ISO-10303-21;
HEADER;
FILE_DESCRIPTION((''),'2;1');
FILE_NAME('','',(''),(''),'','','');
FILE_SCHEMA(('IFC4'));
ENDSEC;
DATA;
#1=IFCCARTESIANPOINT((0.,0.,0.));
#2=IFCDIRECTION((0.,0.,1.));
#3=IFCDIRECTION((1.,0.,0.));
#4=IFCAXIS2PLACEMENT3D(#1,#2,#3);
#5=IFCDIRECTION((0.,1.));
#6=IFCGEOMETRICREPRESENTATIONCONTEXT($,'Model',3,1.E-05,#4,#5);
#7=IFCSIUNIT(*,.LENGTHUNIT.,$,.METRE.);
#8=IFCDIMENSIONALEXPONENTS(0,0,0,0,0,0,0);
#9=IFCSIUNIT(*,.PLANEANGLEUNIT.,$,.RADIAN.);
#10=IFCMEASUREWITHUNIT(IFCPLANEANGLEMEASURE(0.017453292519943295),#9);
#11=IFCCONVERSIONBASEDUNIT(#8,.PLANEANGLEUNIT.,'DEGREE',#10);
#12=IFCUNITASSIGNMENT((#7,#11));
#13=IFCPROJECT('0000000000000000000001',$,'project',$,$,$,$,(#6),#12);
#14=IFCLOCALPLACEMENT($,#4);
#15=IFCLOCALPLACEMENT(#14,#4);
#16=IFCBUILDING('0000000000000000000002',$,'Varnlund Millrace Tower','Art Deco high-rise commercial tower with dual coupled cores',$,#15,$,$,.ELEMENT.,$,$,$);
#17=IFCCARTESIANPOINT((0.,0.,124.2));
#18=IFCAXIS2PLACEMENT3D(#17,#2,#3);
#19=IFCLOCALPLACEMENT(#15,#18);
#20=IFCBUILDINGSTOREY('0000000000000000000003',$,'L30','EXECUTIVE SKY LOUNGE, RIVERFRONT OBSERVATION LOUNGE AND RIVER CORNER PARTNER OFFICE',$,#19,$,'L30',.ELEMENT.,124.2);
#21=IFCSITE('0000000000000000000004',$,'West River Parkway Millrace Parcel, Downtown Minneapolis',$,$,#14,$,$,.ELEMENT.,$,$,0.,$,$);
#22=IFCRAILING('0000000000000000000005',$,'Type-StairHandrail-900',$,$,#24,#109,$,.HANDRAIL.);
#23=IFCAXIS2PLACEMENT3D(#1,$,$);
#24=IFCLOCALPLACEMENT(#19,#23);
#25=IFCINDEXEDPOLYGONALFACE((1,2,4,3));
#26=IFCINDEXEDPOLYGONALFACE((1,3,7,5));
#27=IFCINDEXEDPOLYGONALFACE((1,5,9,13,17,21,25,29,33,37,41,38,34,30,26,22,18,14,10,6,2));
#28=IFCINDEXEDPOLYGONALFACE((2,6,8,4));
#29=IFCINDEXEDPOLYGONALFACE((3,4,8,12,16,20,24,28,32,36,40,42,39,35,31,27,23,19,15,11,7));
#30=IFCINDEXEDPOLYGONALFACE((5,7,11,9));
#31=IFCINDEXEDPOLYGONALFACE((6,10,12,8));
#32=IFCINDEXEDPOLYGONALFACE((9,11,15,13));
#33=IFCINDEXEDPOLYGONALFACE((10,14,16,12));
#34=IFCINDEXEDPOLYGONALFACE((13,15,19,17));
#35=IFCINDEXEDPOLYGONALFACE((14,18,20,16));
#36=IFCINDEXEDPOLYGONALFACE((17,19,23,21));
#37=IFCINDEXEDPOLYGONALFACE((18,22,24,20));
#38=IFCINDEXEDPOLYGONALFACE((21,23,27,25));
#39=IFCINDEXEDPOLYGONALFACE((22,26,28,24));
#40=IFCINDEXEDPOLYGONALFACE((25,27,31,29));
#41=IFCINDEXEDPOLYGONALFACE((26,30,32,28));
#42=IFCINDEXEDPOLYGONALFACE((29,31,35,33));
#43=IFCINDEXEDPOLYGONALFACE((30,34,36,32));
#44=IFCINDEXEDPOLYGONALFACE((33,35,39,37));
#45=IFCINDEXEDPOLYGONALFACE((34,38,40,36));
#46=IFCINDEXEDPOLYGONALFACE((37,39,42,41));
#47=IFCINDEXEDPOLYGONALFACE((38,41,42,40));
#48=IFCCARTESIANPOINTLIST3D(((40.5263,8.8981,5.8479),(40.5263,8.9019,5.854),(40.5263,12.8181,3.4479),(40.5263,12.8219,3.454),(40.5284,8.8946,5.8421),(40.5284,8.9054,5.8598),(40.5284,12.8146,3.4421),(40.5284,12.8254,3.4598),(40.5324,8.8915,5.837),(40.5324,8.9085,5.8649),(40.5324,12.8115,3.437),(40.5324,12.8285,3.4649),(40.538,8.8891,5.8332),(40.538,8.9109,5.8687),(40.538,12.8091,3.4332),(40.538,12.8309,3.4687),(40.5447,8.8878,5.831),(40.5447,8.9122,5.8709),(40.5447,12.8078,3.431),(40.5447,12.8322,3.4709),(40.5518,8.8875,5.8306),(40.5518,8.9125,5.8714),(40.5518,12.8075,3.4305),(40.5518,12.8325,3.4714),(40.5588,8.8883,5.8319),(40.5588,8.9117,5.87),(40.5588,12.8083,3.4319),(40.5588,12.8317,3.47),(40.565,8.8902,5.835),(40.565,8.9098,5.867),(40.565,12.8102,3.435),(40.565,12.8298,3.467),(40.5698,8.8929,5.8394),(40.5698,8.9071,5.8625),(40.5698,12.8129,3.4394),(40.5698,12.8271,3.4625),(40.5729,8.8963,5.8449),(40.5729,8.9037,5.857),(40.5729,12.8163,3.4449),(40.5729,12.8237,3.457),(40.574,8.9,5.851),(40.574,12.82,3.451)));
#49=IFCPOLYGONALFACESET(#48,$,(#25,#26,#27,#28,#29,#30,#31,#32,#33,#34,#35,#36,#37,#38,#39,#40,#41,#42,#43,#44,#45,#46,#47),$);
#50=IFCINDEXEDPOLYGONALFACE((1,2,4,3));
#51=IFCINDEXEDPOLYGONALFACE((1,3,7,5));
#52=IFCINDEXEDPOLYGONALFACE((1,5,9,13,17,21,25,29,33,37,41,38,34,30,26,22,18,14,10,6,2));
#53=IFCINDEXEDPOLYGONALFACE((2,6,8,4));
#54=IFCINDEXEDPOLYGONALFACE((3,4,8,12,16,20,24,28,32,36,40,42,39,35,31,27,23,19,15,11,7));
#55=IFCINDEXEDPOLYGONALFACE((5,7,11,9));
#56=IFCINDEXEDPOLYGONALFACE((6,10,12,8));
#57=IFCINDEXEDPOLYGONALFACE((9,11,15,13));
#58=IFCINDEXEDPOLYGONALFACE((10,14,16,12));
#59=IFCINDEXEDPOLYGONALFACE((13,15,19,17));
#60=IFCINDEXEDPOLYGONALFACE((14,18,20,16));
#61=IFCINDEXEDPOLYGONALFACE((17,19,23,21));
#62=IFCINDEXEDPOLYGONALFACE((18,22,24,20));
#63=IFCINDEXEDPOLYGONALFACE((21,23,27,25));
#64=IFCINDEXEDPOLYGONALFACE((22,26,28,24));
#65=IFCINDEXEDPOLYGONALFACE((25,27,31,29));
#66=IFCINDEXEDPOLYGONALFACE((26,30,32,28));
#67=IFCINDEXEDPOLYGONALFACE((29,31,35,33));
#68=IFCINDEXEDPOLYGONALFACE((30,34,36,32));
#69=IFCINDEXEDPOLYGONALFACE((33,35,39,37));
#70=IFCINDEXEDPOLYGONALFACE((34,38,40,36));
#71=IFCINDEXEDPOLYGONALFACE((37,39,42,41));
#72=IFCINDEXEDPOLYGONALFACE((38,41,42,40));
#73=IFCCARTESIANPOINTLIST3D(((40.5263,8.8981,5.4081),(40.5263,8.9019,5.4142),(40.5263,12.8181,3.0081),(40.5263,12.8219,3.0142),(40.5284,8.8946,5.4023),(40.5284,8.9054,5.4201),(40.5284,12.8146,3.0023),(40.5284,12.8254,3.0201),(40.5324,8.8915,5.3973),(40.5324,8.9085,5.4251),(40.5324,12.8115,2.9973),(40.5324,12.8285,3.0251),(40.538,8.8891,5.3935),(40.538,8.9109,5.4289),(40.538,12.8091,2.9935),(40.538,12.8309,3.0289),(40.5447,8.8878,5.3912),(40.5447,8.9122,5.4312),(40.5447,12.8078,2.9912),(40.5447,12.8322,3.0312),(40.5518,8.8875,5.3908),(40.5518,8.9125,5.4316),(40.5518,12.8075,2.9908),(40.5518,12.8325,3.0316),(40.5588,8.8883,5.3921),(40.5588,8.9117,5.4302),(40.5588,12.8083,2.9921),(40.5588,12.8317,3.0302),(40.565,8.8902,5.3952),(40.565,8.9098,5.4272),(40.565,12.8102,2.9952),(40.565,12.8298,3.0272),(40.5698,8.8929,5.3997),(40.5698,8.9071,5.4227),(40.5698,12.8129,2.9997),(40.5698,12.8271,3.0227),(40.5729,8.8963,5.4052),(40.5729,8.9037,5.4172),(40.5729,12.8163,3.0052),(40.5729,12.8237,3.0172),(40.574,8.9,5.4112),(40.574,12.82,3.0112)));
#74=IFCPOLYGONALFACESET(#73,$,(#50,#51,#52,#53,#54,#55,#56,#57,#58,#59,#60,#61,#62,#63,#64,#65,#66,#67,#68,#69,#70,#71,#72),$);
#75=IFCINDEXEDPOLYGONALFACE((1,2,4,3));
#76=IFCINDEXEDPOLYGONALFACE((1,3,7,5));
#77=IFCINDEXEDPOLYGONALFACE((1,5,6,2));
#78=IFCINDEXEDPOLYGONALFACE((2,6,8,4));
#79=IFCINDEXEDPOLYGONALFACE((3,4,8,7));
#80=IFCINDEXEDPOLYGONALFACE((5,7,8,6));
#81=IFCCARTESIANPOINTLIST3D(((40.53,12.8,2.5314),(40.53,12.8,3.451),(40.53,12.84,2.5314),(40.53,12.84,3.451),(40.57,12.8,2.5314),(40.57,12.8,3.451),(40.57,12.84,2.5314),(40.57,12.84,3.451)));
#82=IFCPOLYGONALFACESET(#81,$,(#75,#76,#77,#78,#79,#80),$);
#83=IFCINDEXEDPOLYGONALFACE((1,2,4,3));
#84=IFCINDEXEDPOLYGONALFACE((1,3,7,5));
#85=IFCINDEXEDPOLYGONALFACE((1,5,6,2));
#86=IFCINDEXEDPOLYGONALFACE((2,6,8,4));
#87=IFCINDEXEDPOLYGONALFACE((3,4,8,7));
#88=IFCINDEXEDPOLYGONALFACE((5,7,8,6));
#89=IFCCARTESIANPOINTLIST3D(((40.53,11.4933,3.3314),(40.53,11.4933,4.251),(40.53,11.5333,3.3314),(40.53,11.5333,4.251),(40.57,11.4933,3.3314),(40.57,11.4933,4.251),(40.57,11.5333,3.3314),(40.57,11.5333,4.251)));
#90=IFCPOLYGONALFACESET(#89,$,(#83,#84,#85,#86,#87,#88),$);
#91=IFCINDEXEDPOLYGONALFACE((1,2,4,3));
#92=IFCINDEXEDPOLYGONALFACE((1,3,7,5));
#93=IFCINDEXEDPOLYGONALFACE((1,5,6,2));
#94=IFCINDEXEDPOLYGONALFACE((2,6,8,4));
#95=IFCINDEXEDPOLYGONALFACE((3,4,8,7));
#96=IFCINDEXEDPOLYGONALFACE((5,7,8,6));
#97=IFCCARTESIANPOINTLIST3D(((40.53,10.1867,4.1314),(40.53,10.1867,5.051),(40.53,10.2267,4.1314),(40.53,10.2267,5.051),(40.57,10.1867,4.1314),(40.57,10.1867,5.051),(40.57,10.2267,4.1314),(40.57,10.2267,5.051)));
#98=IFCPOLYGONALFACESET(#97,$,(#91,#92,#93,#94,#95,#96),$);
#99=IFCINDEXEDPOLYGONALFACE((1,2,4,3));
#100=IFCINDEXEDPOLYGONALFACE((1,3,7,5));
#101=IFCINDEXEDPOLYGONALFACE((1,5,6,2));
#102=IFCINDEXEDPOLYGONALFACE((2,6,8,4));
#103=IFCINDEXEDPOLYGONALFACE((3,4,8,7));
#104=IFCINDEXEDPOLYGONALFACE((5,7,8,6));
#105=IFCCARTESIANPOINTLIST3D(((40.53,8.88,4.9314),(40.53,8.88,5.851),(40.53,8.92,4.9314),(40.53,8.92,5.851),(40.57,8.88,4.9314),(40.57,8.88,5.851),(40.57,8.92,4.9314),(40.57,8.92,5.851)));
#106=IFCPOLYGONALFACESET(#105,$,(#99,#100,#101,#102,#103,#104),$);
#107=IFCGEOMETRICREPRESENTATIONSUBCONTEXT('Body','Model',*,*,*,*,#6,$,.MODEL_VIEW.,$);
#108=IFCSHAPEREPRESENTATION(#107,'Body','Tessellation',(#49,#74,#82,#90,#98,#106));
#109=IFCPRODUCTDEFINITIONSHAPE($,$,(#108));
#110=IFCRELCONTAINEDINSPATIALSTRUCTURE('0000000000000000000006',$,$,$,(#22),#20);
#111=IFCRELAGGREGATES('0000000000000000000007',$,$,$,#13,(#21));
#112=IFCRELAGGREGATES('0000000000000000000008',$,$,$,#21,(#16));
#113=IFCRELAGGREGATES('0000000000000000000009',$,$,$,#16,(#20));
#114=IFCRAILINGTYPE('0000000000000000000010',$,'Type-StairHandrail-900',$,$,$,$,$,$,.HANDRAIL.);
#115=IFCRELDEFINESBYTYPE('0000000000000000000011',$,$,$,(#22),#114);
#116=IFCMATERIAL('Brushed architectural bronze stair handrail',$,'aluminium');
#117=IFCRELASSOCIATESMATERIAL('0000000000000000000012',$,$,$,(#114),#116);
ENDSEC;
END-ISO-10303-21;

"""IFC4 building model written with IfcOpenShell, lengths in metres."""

from ifc_helpers import new_model, entity, si_unit, converted_unit, direction, frame, origin_with_axes, origin_2d_with_axis, place, context, subcontext, project, spatial, rectangle, circle, extrude, material, type_object, element, save


model = new_model("IFC4")

# Units and contexts
model_context = context("Model", 3, precision=1e-05, world=origin_with_axes(), true_north=direction((0.0, 1.0)))
body_context = subcontext(model_context, "Body", "Model", "MODEL_VIEW")
ifc_project = project(units=[si_unit("LENGTHUNIT", "METRE"), converted_unit("PLANEANGLEUNIT", "DEGREE", entity("IfcPlaneAngleMeasure", 0.017453292519943295), si_unit("PLANEANGLEUNIT", "RADIAN"), dimensions=[0, 0, 0, 0, 0, 0, 0])], contexts=[model_context])

# Site, building, storey
site_placement = place(None, origin_with_axes())
site = spatial("IfcSite", under=ifc_project, at=site_placement, Name="West River Parkway Millrace Parcel, Downtown Minneapolis", CompositionType="ELEMENT", RefElevation=0.0)
building_placement = place(site_placement, origin_with_axes())
building = spatial("IfcBuilding", under=site, at=building_placement, Name="Varnlund Millrace Tower", Description="Art Deco high-rise commercial tower with dual coupled cores", CompositionType="ELEMENT")
storey_placement = place(building_placement, frame((0.0, 0.0, 124.2), z_axis=(0.0, 0.0, 1.0), x_axis=(1.0, 0.0, 0.0)))
storey = spatial("IfcBuildingStorey", under=building, at=storey_placement, Name="L30", Description="EXECUTIVE SKY LOUNGE, RIVERFRONT OBSERVATION LOUNGE AND RIVER CORNER PARTNER OFFICE", LongName="L30", CompositionType="ELEMENT", Elevation=124.2)

# Railing
ifc_material_1 = material(Name="Brushed architectural bronze stair handrail", Category="aluminium")
railing_type_1 = type_object("IfcRailingType", Name="Type-StairHandrail-900", PredefinedType="HANDRAIL", material=ifc_material_1)
railing_1_placement = place(storey_placement, frame((0.0, 0.0, -124.2), z_axis=(0.0, 0.0, 1.0), x_axis=(1.0, 0.0, 0.0)))
element("IfcRailing", 1, at=railing_1_placement, inside=storey, type_object=railing_type_1, Name="Type-StairHandrail-900", PredefinedType="HANDRAIL", context=body_context, shape_type="SweptSolid", body=[
    extrude(circle(Radius=0.024, at=origin_2d_with_axis()), frame((40.55, 12.82, 127.651), z_axis=(0.0, -0.852851, 0.522154), x_axis=(1.0, 0.0, 0.0)), (0.0, 0.0, 1.0), 4.5963),
    extrude(circle(Radius=0.024, at=origin_2d_with_axis()), frame((40.55, 12.82, 127.2112), z_axis=(0.0, -0.852851, 0.522154), x_axis=(1.0, 0.0, 0.0)), (0.0, 0.0, 1.0), 4.5963),
    extrude(rectangle(XDim=0.04, YDim=0.04, at=origin_2d_with_axis()), frame((40.55, 12.82, 126.7314), z_axis=(0.0, 0.0, 1.0), x_axis=(1.0, 0.0, 0.0)), (0.0, 0.0, 1.0), 0.9195),
    extrude(rectangle(XDim=0.04, YDim=0.04, at=origin_2d_with_axis()), frame((40.55, 11.5133, 127.5314), z_axis=(0.0, 0.0, 1.0), x_axis=(1.0, 0.0, 0.0)), (0.0, 0.0, 1.0), 0.9195),
    extrude(rectangle(XDim=0.04, YDim=0.04, at=origin_2d_with_axis()), frame((40.55, 10.2067, 128.3314), z_axis=(0.0, 0.0, 1.0), x_axis=(1.0, 0.0, 0.0)), (0.0, 0.0, 1.0), 0.9195),
    extrude(rectangle(XDim=0.04, YDim=0.04, at=origin_2d_with_axis()), frame((40.55, 8.9, 129.1314), z_axis=(0.0, 0.0, 1.0), x_axis=(1.0, 0.0, 0.0)), (0.0, 0.0, 1.0), 0.9195),
])

save(model, "model.ifc")
